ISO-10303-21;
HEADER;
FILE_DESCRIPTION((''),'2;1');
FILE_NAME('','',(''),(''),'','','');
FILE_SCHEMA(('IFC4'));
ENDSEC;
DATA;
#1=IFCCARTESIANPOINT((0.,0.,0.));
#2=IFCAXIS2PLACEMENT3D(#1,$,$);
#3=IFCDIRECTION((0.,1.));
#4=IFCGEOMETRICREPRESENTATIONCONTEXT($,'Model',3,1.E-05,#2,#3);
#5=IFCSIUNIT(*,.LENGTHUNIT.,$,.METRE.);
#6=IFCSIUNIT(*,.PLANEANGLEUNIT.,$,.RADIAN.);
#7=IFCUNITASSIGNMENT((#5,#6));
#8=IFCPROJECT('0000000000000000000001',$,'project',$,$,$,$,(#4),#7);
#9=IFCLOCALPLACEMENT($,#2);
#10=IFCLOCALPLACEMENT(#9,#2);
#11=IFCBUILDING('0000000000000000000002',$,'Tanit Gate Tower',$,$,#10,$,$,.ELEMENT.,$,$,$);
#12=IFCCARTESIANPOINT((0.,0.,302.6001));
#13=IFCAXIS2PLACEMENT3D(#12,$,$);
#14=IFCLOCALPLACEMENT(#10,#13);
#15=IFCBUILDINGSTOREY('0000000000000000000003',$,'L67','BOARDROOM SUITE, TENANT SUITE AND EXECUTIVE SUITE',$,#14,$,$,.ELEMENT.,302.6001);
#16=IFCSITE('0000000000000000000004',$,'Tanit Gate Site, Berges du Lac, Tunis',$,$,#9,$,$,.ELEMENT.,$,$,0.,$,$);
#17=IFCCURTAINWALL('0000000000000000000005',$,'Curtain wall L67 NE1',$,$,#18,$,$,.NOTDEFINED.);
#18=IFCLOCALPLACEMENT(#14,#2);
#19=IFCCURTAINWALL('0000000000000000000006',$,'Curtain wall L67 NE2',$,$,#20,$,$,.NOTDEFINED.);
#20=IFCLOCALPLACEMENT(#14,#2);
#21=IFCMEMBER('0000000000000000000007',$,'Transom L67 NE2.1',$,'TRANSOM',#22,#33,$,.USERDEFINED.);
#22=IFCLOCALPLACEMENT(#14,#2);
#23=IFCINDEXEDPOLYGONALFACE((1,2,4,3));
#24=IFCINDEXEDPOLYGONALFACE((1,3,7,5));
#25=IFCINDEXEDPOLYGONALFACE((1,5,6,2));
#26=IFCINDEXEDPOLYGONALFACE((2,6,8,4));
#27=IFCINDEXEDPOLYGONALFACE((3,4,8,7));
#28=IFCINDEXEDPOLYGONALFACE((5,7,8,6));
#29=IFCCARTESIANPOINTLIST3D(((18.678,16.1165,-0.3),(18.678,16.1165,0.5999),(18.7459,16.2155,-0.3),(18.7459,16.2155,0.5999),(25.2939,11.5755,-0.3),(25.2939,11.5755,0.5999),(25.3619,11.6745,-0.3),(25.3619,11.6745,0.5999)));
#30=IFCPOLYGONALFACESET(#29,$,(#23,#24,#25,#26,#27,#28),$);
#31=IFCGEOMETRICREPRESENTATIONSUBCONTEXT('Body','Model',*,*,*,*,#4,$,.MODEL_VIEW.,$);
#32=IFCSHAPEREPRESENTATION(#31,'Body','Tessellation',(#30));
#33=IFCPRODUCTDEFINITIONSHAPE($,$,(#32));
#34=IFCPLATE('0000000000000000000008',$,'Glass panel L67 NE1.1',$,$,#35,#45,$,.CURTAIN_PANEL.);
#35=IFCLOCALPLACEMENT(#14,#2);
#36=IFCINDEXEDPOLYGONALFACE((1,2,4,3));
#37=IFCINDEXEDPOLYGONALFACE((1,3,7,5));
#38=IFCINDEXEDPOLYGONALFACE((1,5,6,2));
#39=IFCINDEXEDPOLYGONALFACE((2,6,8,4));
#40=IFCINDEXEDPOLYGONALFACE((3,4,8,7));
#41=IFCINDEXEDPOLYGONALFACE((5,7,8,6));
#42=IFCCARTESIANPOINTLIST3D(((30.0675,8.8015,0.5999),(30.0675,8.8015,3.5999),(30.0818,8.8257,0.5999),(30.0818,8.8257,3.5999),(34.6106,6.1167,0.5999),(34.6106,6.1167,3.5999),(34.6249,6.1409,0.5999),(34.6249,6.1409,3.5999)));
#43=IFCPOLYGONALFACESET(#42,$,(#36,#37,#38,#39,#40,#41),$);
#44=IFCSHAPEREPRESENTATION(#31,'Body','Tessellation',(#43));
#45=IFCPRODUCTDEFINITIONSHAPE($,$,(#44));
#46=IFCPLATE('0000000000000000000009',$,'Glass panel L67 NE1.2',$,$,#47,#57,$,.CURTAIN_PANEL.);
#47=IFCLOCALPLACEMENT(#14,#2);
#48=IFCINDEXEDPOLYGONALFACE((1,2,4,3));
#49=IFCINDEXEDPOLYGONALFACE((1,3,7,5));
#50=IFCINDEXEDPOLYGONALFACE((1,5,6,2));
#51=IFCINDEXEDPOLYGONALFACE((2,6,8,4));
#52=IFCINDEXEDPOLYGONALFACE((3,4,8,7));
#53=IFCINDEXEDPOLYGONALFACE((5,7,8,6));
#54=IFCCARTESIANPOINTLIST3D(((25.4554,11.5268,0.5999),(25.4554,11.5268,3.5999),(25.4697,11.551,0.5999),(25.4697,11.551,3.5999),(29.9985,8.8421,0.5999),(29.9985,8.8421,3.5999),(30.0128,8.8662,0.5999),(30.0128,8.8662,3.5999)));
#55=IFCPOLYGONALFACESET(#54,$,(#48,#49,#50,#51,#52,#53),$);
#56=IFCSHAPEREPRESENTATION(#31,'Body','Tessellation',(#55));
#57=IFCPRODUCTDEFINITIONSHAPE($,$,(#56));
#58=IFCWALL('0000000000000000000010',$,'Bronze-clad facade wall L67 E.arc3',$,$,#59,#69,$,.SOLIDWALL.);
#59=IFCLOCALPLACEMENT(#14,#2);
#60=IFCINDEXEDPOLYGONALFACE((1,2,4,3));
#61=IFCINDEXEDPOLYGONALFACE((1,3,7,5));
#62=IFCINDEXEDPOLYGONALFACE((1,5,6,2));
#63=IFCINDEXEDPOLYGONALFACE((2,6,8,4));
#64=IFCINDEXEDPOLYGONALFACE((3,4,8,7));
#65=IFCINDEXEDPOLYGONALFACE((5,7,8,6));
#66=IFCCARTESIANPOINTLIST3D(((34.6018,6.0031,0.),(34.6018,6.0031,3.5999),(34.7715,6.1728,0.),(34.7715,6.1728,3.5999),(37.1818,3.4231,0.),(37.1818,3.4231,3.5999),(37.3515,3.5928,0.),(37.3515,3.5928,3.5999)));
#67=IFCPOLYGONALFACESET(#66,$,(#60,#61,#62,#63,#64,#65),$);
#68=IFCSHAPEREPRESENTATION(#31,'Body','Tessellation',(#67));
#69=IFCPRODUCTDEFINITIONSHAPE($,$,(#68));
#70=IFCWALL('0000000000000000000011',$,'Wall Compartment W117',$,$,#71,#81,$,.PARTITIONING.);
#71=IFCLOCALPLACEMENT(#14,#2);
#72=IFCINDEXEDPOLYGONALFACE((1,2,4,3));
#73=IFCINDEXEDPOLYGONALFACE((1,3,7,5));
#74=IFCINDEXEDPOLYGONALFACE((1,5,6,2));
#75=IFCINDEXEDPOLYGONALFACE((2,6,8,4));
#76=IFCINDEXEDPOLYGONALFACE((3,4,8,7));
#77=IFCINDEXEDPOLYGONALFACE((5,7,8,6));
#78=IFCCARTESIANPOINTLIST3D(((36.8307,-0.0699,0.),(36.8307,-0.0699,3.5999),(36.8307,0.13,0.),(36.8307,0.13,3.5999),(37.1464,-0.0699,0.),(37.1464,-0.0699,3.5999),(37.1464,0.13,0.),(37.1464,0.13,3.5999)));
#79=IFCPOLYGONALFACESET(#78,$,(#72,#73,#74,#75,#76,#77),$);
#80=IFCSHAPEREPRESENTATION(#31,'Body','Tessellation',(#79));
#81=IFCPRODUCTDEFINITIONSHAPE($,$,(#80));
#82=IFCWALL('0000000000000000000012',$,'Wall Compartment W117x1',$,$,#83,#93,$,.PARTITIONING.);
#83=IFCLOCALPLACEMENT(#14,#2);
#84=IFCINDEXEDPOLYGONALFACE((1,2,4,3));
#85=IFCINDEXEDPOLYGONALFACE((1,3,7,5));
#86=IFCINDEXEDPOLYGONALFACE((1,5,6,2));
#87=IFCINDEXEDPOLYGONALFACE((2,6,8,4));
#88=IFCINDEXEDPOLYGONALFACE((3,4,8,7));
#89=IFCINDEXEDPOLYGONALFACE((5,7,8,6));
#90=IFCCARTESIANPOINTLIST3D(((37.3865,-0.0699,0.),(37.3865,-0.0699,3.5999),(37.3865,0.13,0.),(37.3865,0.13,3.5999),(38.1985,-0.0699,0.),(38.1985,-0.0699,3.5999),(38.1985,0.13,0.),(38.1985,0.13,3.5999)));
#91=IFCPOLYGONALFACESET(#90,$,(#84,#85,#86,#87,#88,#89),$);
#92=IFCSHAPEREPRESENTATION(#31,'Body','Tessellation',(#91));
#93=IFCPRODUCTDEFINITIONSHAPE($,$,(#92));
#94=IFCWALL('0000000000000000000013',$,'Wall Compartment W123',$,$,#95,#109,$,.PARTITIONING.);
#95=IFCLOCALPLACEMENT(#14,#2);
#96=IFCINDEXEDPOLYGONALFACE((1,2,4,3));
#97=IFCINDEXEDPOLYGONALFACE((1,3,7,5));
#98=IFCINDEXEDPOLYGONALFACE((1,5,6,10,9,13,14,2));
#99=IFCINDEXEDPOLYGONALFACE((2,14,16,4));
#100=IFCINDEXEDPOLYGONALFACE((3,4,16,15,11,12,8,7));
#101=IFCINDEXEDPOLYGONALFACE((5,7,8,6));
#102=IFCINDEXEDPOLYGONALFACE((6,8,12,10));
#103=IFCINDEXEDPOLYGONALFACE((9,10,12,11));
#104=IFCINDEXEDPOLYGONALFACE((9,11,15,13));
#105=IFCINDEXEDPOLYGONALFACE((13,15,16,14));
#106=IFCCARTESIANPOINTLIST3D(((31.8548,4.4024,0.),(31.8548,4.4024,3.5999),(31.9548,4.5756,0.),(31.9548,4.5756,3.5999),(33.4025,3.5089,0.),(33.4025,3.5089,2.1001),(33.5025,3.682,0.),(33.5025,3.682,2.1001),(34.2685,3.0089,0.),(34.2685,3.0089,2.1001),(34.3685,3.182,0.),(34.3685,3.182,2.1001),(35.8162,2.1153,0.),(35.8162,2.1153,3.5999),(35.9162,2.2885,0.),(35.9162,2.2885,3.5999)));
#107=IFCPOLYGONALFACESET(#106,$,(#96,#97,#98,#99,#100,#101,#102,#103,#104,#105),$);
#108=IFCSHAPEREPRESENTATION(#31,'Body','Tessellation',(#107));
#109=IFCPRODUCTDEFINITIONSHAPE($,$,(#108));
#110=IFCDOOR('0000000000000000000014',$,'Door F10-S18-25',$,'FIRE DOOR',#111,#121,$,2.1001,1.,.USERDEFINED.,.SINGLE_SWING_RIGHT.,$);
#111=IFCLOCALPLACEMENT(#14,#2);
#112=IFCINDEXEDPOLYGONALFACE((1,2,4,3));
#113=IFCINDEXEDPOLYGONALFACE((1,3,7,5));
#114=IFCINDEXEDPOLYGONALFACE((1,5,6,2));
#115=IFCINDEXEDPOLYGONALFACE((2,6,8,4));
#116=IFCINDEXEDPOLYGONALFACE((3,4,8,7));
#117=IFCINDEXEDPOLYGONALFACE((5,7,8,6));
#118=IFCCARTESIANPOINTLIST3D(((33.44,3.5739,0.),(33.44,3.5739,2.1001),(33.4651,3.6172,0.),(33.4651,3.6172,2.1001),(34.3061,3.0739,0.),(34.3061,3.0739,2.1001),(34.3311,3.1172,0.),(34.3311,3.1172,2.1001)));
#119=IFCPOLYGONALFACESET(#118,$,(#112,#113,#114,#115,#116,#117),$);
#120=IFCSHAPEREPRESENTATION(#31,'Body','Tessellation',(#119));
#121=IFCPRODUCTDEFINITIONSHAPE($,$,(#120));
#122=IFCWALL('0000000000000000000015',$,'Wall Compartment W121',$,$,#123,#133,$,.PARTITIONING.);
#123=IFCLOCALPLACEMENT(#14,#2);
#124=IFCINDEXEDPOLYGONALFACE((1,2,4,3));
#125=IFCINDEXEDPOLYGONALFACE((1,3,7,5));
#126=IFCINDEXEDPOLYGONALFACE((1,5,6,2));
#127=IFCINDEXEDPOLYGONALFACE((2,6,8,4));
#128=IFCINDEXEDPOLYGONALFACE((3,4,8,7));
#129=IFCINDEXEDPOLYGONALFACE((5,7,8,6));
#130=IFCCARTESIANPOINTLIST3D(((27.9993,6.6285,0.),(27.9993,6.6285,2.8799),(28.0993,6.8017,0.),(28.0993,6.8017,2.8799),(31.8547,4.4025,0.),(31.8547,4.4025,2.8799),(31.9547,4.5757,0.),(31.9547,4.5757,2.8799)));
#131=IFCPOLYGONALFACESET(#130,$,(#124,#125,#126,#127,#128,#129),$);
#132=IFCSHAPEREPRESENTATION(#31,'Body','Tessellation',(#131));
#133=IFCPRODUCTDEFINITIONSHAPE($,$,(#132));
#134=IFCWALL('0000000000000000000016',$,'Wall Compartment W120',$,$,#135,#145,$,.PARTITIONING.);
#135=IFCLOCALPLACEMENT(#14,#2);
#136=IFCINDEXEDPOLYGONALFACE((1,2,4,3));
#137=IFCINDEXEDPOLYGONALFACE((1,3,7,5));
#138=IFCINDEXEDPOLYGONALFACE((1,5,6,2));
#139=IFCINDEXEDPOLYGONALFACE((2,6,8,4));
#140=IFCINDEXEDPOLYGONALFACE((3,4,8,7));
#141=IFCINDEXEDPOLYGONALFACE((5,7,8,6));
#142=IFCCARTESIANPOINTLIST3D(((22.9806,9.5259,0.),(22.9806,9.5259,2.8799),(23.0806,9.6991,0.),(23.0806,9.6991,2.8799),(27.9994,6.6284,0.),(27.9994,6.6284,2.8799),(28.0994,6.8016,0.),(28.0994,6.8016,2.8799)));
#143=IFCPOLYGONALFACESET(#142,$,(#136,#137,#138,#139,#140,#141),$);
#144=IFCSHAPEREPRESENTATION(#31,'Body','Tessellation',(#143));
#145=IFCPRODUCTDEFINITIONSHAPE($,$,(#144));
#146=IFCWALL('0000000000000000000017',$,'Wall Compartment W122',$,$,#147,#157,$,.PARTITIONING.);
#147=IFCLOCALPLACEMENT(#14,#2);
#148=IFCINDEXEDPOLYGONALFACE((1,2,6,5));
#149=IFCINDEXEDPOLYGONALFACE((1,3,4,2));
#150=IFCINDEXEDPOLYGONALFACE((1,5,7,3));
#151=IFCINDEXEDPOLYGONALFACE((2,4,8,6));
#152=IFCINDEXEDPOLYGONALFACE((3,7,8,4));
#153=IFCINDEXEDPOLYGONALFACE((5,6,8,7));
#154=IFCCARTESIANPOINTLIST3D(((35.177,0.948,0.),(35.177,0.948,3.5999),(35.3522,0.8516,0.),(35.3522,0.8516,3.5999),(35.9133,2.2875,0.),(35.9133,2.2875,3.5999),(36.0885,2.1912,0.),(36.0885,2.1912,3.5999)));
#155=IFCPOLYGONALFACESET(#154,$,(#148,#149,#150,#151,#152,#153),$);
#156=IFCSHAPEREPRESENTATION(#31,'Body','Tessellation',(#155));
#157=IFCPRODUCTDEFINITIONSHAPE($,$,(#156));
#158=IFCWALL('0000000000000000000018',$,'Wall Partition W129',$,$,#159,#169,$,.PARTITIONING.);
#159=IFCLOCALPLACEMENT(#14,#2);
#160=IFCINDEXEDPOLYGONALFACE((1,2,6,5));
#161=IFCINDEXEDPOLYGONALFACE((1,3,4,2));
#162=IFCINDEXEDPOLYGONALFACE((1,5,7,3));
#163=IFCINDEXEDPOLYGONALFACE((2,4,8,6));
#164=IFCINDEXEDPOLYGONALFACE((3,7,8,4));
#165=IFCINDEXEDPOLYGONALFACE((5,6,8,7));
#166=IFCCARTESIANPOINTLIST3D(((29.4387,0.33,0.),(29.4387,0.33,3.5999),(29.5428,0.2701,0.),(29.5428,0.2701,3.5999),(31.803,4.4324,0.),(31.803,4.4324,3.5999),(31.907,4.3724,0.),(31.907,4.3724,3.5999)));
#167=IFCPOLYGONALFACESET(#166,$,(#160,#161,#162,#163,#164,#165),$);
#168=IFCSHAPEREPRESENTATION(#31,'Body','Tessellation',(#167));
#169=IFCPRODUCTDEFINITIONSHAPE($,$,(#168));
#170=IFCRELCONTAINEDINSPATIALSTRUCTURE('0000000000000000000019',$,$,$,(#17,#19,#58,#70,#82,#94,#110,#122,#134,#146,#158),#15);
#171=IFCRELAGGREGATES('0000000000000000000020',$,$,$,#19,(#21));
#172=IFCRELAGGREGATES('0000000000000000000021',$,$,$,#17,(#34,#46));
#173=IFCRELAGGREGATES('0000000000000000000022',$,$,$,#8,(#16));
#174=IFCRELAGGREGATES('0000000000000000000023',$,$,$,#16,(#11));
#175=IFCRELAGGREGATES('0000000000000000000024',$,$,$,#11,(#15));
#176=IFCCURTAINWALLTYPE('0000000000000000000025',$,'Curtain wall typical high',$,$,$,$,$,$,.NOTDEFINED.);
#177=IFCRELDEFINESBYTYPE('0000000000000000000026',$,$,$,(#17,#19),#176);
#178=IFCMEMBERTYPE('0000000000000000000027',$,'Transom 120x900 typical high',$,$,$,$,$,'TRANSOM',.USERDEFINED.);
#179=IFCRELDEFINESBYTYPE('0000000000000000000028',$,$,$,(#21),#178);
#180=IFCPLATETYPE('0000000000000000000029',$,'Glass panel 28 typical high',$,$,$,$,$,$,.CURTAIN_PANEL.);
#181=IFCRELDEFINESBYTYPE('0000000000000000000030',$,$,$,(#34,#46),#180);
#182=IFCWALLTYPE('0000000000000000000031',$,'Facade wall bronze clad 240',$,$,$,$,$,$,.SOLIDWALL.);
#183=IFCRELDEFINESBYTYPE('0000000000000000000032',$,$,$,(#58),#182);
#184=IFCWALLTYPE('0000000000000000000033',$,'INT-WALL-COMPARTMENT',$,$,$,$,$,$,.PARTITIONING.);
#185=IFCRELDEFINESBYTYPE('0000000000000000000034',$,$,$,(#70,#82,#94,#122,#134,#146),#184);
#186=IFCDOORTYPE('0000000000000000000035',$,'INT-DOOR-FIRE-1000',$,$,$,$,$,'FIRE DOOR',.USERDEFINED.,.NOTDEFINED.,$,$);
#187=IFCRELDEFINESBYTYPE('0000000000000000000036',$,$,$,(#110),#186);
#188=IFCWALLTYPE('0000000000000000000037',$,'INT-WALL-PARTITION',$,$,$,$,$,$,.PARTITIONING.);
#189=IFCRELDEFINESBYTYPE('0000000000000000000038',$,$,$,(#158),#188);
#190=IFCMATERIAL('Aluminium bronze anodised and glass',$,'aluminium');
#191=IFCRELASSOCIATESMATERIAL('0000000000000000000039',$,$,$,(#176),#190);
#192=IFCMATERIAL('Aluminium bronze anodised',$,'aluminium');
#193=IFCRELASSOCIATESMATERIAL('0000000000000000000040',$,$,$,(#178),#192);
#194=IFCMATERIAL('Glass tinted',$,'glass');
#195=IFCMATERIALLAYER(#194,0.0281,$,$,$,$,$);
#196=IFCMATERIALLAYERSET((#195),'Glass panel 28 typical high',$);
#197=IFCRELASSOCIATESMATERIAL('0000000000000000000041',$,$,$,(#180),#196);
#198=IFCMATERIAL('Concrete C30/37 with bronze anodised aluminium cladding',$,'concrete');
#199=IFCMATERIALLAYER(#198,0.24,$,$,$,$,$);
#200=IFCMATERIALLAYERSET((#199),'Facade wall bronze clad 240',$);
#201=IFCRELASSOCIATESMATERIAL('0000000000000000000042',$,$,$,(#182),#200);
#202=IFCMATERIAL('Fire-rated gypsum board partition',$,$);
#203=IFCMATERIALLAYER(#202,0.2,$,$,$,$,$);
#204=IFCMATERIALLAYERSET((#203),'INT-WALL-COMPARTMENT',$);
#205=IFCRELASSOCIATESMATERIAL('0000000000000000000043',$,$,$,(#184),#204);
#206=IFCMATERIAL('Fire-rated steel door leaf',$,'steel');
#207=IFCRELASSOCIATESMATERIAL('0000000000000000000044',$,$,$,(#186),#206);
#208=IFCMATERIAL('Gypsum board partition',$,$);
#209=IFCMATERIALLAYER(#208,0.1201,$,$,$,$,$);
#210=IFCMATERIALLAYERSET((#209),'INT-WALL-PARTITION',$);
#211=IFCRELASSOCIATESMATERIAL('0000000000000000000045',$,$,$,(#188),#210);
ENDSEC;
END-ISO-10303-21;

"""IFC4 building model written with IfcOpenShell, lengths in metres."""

from ifc_helpers import new_model, si_unit, direction, frame, frame_2d, origin, origin_2d, place, context, subcontext, project, spatial, rectangle, extrude, material, layer, layer_set, material_profile, profile_set, type_object, element, fill, aggregate, save


model = new_model("IFC4")

# Units and contexts
model_context = context("Model", 3, precision=1e-05, world=origin(), true_north=direction((0.0, 1.0)))
body_context = subcontext(model_context, "Body", "Model", "MODEL_VIEW")
ifc_project = project(units=[si_unit("LENGTHUNIT", "METRE"), si_unit("PLANEANGLEUNIT", "RADIAN")], contexts=[model_context])

# Site, building, storey
site_placement = place(None, origin())
site = spatial("IfcSite", under=ifc_project, at=site_placement, Name="Tanit Gate Site, Berges du Lac, Tunis", CompositionType="ELEMENT", RefElevation=0.0)
building_placement = place(site_placement, origin())
building = spatial("IfcBuilding", under=site, at=building_placement, Name="Tanit Gate Tower", CompositionType="ELEMENT")
storey_placement = place(building_placement, frame((0.0, 0.0, 302.6001)))
storey = spatial("IfcBuildingStorey", under=building, at=storey_placement, Name="L67", Description="BOARDROOM SUITE, TENANT SUITE AND EXECUTIVE SUITE", CompositionType="ELEMENT", Elevation=302.6001)

# Curtain wall
ifc_material_1 = material(Name="Aluminium bronze anodised and glass", Category="aluminium")
curtain_wall_type = type_object("IfcCurtainWallType", Name="Curtain wall typical high", PredefinedType="NOTDEFINED", material=ifc_material_1)
curtain_wall_1_placement = place(storey_placement, origin())
curtain_wall_1 = element("IfcCurtainWall", 1, at=curtain_wall_1_placement, inside=storey, type_object=curtain_wall_type, Name="Curtain wall L67 NE1", PredefinedType="NOTDEFINED")

# Shared definitions
ifc_material_2 = material(Name="Aluminium bronze anodised", Category="aluminium")
ifc_material_profile_1 = material_profile(ifc_material_2, rectangle(XDim=0.1201, YDim=0.8999, at=origin_2d()), Name="120x900 bronze transom")
ifc_profile_set_1 = profile_set([ifc_material_profile_1], Name="Aluminium bronze anodised")
member_type_1 = type_object("IfcMemberType", Name="Transom 120x900 typical high", ElementType="TRANSOM", PredefinedType="USERDEFINED", material=ifc_profile_set_1)

# Curtain wall, member
curtain_wall_2_placement = place(storey_placement, origin())
curtain_wall_2 = element("IfcCurtainWall", 2, at=curtain_wall_2_placement, inside=storey, type_object=curtain_wall_type, Name="Curtain wall L67 NE2", PredefinedType="NOTDEFINED")
member_1_placement = place(storey_placement, frame((25.3279, 11.625, 0.1499), z_axis=(-0.824476, 0.565897, 0.0), x_axis=(-0.565897, -0.824476, 0.0)))
member_1 = element("IfcMember", 3, at=member_1_placement, type_object=member_type_1, Name="Transom L67 NE2.1", ObjectType="TRANSOM", PredefinedType="USERDEFINED", context=body_context, shape_type="SweptSolid", body=[
    extrude(rectangle(XDim=0.1201, YDim=0.8999, at=origin_2d()), origin(), (0.0, 0.0, 1.0), 8.0244),
])
aggregate(curtain_wall_2, [member_1])

# Plates
ifc_material_3 = material(Name="Glass tinted", Category="glass")
ifc_layer_1 = layer(ifc_material_3, 0.0281)
ifc_layer_set_1 = layer_set([ifc_layer_1], Name="Glass panel 28 typical high")
plate_type = type_object("IfcPlateType", Name="Glass panel 28 typical high", PredefinedType="CURTAIN_PANEL", material=ifc_layer_set_1)
plate_1_placement = place(storey_placement, frame((32.3462, 7.4712, 0.5999), z_axis=(0.0, 0.0, 1.0), x_axis=(-0.860908, 0.508761, 0.0)))
plate_1 = element("IfcPlate", 4, at=plate_1_placement, type_object=plate_type, Name="Glass panel L67 NE1.1", PredefinedType="CURTAIN_PANEL", context=body_context, shape_type="SweptSolid", body=[
    extrude(rectangle(XDim=5.2771, YDim=0.0281, at=origin_2d()), origin(), (0.0, 0.0, 1.0), 3.0),
])
plate_2_placement = place(storey_placement, frame((27.7341, 10.1965, 0.5999), z_axis=(0.0, 0.0, 1.0), x_axis=(-0.860908, 0.508761, 0.0)))
plate_2 = element("IfcPlate", 5, at=plate_2_placement, type_object=plate_type, Name="Glass panel L67 NE1.2", PredefinedType="CURTAIN_PANEL", context=body_context, shape_type="SweptSolid", body=[
    extrude(rectangle(XDim=5.2771, YDim=0.0281, at=origin_2d()), origin(), (0.0, 0.0, 1.0), 3.0),
])
aggregate(curtain_wall_1, [plate_1, plate_2])

# Walls
ifc_material_4 = material(Name="Concrete C30/37 with bronze anodised aluminium cladding", Category="concrete")
ifc_layer_2 = layer(ifc_material_4, 0.24)
ifc_layer_set_2 = layer_set([ifc_layer_2], Name="Facade wall bronze clad 240")
wall_type_1 = type_object("IfcWallType", Name="Facade wall bronze clad 240", PredefinedType="SOLIDWALL", material=ifc_layer_set_2)
wall_1_placement = place(storey_placement, frame((37.2666, 3.5081, 0.0), z_axis=(0.0, 0.0, 1.0), x_axis=(-0.707107, 0.707107, 0.0)))
element("IfcWall", 6, at=wall_1_placement, inside=storey, type_object=wall_type_1, Name="Bronze-clad facade wall L67 E.arc3", PredefinedType="SOLIDWALL", context=body_context, shape_type="SweptSolid", body=[
    extrude(rectangle(XDim=3.6487, YDim=0.24, at=frame_2d((1.8242, 0.0))), origin(), (0.0, 0.0, 1.0), 3.5999),
])
ifc_material_5 = material(Name="Fire-rated gypsum board partition")
ifc_layer_3 = layer(ifc_material_5, 0.2)
ifc_layer_set_3 = layer_set([ifc_layer_3], Name="INT-WALL-COMPARTMENT")
wall_type_2 = type_object("IfcWallType", Name="INT-WALL-COMPARTMENT", PredefinedType="PARTITIONING", material=ifc_layer_set_3)
wall_2_placement = place(storey_placement, frame((36.8308, 0.03, 0.0), z_axis=(0.0, 0.0, 1.0), x_axis=(1.0, 0.0, 0.0)))
element("IfcWall", 7, at=wall_2_placement, inside=storey, type_object=wall_type_2, Name="Wall Compartment W117", PredefinedType="PARTITIONING", context=body_context, shape_type="SweptSolid", body=[
    extrude(rectangle(XDim=0.3157, YDim=0.2, at=frame_2d((0.1577, 0.0))), origin(), (0.0, 0.0, 1.0), 3.5999),
])
wall_3_placement = place(storey_placement, frame((37.3865, 0.03, 0.0), z_axis=(0.0, 0.0, 1.0), x_axis=(1.0, 0.0, 0.0)))
element("IfcWall", 8, at=wall_3_placement, inside=storey, type_object=wall_type_2, Name="Wall Compartment W117x1", PredefinedType="PARTITIONING", context=body_context, shape_type="SweptSolid", body=[
    extrude(rectangle(XDim=0.812, YDim=0.2, at=frame_2d((0.406, 0.0))), origin(), (0.0, 0.0, 1.0), 3.5999),
])

# Wall, opening, door
wall_4_placement = place(storey_placement, frame((35.8662, 2.2019, 0.0), z_axis=(0.0, 0.0, 1.0), x_axis=(-0.866027, 0.499997, 0.0)))
wall_4 = element("IfcWall", 9, at=wall_4_placement, inside=storey, type_object=wall_type_2, Name="Wall Compartment W123", PredefinedType="PARTITIONING", context=body_context, shape_type="SweptSolid", body=[
    extrude(rectangle(XDim=4.5742, YDim=0.2, at=frame_2d((2.2871, 0.0))), origin(), (0.0, 0.0, 1.0), 3.5999),
])
opening_placement = place(wall_4_placement, frame((1.7871, 0.0, 0.0)))
opening = element("IfcOpeningElement", 10, at=opening_placement, cuts=wall_4, PredefinedType="OPENING", context=body_context, shape_type="SweptSolid", body=[
    extrude(rectangle(XDim=1.0, YDim=2.1001, at=frame_2d((0.5, 1.05))), frame((0.0, 0.1099, 0.0), z_axis=(0.0, -1.0, 0.0), x_axis=(1.0, 0.0, 0.0)), (0.0, 0.0, 1.0), 0.22),
])
ifc_material_6 = material(Name="Fire-rated steel door leaf", Category="steel")
door_type = type_object("IfcDoorType", Name="INT-DOOR-FIRE-1000", ElementType="FIRE DOOR", OperationType="NOTDEFINED", PredefinedType="USERDEFINED", material=ifc_material_6)
door_placement = place(opening_placement, origin())
door = element("IfcDoor", 11, at=door_placement, inside=storey, type_object=door_type, Name="Door F10-S18-25", ObjectType="FIRE DOOR", OperationType="SINGLE_SWING_RIGHT", OverallHeight=2.1001, OverallWidth=1.0, PredefinedType="USERDEFINED", context=body_context, shape_type="SweptSolid", body=[
    extrude(rectangle(XDim=1.0, YDim=2.1001, at=frame_2d((0.5, 1.05))), frame((0.0, 0.0249, 0.0), z_axis=(0.0, -1.0, 0.0), x_axis=(1.0, 0.0, 0.0)), (0.0, 0.0, 1.0), 0.05),
])
fill(opening, door)

# Walls
wall_5_placement = place(storey_placement, frame((31.9048, 4.489, 0.0), z_axis=(0.0, 0.0, 1.0), x_axis=(-0.866014, 0.50002, 0.0)))
element("IfcWall", 12, at=wall_5_placement, inside=storey, type_object=wall_type_2, Name="Wall Compartment W121", PredefinedType="PARTITIONING", context=body_context, shape_type="SweptSolid", body=[
    extrude(rectangle(XDim=4.4519, YDim=0.2, at=frame_2d((2.2261, 0.0))), origin(), (0.0, 0.0, 1.0), 2.8799),
])
wall_6_placement = place(storey_placement, frame((28.0493, 6.7151, 0.0), z_axis=(0.0, 0.0, 1.0), x_axis=(-0.866036, 0.499981, 0.0)))
element("IfcWall", 13, at=wall_6_placement, inside=storey, type_object=wall_type_2, Name="Wall Compartment W120", PredefinedType="PARTITIONING", context=body_context, shape_type="SweptSolid", body=[
    extrude(rectangle(XDim=5.7952, YDim=0.2, at=frame_2d((2.8975, 0.0))), origin(), (0.0, 0.0, 1.0), 2.8799),
])
wall_7_placement = place(storey_placement, frame((35.2646, 0.8999, 0.0), z_axis=(0.0, 0.0, 1.0), x_axis=(0.481692, 0.876341, 0.0)))
element("IfcWall", 14, at=wall_7_placement, inside=storey, type_object=wall_type_2, Name="Wall Compartment W122", PredefinedType="PARTITIONING", context=body_context, shape_type="SweptSolid", body=[
    extrude(rectangle(XDim=1.5286, YDim=0.2, at=frame_2d((0.7642, 0.0))), origin(), (0.0, 0.0, 1.0), 3.5999),
])
ifc_material_7 = material(Name="Gypsum board partition")
ifc_layer_4 = layer(ifc_material_7, 0.1201)
ifc_layer_set_4 = layer_set([ifc_layer_4], Name="INT-WALL-PARTITION")
wall_type_3 = type_object("IfcWallType", Name="INT-WALL-PARTITION", PredefinedType="PARTITIONING", material=ifc_layer_set_4)
wall_8_placement = place(storey_placement, frame((29.4907, 0.3, 0.0), z_axis=(0.0, 0.0, 1.0), x_axis=(0.499334, 0.86641, 0.0)))
element("IfcWall", 15, at=wall_8_placement, inside=storey, type_object=wall_type_3, Name="Wall Partition W129", PredefinedType="PARTITIONING", context=body_context, shape_type="SweptSolid", body=[
    extrude(rectangle(XDim=4.7349, YDim=0.1201, at=frame_2d((2.3674, 0.0))), origin(), (0.0, 0.0, 1.0), 3.5999),
])

save(model, "model.ifc")
